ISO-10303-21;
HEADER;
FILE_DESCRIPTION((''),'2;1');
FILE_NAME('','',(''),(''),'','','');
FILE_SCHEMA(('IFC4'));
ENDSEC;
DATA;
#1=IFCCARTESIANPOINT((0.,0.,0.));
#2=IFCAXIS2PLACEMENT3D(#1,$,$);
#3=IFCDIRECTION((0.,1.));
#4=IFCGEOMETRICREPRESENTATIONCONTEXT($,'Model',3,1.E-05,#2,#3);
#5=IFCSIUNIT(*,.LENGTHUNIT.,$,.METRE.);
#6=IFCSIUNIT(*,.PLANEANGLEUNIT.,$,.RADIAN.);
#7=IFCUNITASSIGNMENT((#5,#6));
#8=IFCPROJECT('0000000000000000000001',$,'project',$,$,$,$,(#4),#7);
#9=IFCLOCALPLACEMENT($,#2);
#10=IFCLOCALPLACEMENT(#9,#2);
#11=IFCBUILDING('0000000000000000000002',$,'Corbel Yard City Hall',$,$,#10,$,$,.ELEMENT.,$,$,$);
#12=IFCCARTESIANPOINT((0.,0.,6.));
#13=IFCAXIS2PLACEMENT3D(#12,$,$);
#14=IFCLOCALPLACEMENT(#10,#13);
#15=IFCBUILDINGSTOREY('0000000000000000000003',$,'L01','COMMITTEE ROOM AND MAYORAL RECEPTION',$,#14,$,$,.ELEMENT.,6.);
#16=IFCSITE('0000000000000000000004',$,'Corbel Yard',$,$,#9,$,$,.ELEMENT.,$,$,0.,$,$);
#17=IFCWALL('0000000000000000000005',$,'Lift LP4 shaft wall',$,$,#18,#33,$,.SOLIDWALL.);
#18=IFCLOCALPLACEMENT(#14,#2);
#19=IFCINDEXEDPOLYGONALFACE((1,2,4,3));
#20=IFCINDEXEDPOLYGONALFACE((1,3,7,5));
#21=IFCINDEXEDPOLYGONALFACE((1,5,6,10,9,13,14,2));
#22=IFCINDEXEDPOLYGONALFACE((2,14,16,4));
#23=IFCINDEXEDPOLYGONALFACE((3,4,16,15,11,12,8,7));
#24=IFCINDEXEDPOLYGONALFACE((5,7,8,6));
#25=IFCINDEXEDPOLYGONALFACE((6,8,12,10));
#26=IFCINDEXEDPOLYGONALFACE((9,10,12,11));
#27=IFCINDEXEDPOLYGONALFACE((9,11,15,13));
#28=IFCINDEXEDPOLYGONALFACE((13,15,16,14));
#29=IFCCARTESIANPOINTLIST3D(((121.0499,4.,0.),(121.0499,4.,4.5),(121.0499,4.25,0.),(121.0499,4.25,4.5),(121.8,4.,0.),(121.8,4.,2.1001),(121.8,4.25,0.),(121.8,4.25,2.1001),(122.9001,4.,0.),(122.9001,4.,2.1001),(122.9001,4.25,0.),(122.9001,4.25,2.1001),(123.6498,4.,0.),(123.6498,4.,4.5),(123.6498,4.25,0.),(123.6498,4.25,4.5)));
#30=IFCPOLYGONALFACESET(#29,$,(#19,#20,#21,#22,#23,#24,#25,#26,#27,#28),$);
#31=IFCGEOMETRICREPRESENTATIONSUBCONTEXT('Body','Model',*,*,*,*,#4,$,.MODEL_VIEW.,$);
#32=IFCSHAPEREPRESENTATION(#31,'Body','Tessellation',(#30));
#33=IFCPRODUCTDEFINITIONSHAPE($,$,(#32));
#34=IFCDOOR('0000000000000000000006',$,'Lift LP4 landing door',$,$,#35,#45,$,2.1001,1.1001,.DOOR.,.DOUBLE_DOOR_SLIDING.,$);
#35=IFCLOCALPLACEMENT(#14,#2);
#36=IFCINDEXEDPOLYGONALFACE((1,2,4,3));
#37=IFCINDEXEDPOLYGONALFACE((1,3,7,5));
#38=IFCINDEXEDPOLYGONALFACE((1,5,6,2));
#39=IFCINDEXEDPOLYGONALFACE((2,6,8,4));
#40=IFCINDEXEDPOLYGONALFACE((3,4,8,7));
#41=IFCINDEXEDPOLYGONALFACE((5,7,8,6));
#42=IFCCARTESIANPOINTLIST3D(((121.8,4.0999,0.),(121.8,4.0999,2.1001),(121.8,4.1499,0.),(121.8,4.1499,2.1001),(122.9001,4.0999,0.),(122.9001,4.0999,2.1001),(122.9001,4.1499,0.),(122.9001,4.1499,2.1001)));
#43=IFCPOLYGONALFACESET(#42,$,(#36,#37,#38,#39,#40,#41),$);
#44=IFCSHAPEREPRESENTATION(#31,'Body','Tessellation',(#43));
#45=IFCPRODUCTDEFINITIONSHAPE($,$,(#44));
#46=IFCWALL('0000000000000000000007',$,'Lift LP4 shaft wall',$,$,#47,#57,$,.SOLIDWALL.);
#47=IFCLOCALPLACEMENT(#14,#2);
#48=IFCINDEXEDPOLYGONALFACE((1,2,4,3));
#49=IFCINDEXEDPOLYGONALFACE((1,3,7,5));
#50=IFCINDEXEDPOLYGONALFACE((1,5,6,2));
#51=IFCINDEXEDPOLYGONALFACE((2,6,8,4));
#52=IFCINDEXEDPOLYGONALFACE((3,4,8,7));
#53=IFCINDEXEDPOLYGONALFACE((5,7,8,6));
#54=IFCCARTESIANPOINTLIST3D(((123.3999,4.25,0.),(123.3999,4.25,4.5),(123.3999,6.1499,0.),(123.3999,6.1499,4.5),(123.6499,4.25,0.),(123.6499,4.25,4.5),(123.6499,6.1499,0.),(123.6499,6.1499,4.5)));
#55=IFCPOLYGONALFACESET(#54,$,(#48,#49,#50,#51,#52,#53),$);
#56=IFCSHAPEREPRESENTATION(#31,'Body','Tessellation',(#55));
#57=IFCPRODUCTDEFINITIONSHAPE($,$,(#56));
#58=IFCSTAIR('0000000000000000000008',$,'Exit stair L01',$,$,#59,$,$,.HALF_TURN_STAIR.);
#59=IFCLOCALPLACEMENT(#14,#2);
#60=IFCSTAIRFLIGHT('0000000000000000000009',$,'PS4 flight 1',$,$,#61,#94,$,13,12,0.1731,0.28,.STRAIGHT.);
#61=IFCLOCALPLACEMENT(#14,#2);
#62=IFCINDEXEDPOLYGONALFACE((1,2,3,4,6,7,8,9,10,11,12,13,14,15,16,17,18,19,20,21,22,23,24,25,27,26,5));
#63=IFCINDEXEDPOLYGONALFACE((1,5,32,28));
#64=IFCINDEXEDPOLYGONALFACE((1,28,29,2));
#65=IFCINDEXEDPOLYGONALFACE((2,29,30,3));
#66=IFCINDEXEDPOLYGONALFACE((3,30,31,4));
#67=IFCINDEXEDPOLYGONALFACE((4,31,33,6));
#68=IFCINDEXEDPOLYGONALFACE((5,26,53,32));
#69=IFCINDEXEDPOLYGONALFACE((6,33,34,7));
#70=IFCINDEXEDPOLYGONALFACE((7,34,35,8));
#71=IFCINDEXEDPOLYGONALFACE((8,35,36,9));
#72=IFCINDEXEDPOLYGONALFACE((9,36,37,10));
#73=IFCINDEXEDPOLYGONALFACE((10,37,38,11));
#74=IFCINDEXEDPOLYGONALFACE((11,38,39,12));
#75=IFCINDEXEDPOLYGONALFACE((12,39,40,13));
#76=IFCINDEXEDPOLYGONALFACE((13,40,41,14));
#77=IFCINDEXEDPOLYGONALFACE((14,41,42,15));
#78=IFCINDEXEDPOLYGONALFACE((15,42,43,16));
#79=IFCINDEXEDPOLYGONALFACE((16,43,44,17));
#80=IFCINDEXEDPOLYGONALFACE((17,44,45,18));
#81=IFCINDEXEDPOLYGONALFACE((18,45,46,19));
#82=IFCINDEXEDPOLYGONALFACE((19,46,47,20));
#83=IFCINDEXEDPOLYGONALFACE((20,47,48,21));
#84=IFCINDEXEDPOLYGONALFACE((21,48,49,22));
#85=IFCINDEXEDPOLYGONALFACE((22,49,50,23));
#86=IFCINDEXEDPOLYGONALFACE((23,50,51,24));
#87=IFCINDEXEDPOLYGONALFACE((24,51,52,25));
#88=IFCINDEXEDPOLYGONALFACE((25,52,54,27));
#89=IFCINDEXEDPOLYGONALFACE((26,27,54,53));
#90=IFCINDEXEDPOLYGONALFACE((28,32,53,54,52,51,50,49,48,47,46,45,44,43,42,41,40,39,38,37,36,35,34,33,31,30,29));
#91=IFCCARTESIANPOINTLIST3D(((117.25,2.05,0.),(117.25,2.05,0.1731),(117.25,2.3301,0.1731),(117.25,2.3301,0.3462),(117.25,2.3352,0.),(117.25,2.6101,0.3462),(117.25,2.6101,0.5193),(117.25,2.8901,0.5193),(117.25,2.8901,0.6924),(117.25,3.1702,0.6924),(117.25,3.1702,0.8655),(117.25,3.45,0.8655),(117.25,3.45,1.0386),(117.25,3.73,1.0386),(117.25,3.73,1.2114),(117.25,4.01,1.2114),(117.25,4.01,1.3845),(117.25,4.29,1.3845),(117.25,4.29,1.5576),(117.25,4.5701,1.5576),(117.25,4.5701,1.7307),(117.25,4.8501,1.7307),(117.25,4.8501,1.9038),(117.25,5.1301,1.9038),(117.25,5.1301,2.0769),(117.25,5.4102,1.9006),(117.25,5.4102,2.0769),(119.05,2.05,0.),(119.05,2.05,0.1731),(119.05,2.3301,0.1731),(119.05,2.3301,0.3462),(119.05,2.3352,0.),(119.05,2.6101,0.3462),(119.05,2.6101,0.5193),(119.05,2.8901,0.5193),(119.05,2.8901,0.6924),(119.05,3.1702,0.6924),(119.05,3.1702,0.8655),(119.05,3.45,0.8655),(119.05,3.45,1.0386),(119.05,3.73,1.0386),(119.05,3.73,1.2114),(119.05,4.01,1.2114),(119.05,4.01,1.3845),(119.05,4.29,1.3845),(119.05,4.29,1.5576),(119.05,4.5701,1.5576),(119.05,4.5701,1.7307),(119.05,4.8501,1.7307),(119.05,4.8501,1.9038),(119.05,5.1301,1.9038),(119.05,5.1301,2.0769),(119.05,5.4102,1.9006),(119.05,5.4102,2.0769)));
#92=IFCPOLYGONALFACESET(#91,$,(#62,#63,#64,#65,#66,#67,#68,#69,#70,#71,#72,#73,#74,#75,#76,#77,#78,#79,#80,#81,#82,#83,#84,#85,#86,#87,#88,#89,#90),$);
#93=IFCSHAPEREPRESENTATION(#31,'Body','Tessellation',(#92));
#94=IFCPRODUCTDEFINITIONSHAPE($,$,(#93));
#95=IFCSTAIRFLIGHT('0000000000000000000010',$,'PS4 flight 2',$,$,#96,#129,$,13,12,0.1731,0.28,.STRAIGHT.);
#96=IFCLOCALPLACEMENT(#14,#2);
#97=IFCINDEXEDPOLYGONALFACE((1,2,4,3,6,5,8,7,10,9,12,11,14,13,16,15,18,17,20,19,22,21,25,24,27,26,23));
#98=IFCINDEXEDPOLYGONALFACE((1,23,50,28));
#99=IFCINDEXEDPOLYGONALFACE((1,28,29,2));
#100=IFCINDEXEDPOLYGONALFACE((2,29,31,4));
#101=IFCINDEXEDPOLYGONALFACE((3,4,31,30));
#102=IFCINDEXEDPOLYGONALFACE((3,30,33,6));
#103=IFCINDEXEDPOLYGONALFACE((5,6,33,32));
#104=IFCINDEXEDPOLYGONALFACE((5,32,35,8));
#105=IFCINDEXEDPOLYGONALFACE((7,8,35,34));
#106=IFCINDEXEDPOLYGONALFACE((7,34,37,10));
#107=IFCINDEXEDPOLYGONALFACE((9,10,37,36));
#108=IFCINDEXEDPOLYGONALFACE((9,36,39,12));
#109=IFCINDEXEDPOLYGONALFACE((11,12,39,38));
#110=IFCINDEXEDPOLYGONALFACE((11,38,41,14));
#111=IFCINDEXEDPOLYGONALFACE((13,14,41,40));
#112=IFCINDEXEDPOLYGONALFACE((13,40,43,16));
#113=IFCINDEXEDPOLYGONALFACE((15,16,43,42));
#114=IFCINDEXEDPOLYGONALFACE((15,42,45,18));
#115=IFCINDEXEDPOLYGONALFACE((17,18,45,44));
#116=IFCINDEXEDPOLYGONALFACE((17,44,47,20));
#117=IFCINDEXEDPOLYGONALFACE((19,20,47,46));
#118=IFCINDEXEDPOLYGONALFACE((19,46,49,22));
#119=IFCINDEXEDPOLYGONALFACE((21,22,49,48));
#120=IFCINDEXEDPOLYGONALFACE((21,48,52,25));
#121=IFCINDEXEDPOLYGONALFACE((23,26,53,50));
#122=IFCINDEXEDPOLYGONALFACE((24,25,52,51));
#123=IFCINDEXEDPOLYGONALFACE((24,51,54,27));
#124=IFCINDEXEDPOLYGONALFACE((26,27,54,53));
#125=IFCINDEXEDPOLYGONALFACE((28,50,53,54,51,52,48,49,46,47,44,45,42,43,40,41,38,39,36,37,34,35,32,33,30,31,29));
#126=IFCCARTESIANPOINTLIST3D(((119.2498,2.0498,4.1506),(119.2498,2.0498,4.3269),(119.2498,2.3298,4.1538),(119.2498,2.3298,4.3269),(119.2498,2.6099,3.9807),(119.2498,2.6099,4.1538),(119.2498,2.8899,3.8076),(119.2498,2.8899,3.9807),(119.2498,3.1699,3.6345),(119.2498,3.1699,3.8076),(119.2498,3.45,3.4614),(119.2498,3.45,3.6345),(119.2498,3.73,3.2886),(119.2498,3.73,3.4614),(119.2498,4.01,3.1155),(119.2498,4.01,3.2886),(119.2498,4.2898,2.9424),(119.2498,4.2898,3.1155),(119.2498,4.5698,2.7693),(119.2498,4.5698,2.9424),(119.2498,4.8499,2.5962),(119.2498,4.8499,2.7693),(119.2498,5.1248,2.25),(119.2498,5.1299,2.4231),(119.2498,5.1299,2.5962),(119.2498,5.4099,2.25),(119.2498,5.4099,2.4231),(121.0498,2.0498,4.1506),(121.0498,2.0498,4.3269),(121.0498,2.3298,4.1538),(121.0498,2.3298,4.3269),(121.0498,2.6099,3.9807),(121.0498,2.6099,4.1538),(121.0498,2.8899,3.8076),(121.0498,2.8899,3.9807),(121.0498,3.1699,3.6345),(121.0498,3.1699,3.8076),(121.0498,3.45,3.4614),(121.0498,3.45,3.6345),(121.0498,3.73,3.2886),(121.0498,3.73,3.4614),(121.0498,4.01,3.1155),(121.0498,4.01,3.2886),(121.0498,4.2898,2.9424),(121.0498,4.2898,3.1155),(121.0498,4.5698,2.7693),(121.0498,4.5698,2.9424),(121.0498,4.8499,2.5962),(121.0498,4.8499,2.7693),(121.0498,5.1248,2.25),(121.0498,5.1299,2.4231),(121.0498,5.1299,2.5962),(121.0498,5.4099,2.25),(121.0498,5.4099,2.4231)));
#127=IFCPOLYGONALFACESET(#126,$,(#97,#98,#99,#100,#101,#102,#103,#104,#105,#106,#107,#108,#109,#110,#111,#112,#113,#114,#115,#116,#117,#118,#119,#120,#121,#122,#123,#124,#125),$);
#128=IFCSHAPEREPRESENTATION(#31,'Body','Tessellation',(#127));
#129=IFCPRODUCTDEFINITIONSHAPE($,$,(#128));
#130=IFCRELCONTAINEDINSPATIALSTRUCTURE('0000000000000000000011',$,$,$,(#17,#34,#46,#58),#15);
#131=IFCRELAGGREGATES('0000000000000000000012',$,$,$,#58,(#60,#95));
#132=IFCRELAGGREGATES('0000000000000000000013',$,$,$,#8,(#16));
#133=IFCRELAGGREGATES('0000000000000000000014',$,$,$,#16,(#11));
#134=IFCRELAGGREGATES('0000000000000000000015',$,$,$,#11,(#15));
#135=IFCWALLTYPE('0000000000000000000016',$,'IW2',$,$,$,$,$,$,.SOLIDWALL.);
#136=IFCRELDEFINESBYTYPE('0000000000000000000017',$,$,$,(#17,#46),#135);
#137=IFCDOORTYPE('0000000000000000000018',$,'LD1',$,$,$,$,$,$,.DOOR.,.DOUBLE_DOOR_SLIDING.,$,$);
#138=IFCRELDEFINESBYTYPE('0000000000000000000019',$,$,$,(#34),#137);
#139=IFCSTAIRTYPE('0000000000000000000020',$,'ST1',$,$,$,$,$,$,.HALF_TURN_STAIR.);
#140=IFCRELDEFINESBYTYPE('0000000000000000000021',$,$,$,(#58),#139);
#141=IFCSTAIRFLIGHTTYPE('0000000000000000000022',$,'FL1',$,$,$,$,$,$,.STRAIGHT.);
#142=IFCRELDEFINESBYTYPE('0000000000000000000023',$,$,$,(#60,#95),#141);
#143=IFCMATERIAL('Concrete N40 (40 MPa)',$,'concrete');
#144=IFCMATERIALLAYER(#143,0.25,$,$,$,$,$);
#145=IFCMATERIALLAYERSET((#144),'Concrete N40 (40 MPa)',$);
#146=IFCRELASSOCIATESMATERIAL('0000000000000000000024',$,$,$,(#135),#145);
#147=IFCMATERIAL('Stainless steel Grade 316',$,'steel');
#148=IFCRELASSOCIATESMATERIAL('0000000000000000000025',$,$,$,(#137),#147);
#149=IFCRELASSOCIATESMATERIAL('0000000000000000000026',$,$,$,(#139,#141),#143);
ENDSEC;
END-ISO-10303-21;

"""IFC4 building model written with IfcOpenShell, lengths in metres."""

from ifc_helpers import new_model, si_unit, direction, frame, frame_2d, origin, place, context, subcontext, project, spatial, polyline, rectangle, outline, extrude, material, layer, layer_set, type_object, element, fill, aggregate, save


model = new_model("IFC4")

# Units and contexts
model_context = context("Model", 3, precision=1e-05, world=origin(), true_north=direction((0.0, 1.0)))
body_context = subcontext(model_context, "Body", "Model", "MODEL_VIEW")
ifc_project = project(units=[si_unit("LENGTHUNIT", "METRE"), si_unit("PLANEANGLEUNIT", "RADIAN")], contexts=[model_context])

# Site, building, storey
site_placement = place(None, origin())
site = spatial("IfcSite", under=ifc_project, at=site_placement, Name="Corbel Yard", CompositionType="ELEMENT", RefElevation=0.0)
building_placement = place(site_placement, origin())
building = spatial("IfcBuilding", under=site, at=building_placement, Name="Corbel Yard City Hall", CompositionType="ELEMENT")
storey_placement = place(building_placement, frame((0.0, 0.0, 6.0)))
storey = spatial("IfcBuildingStorey", under=building, at=storey_placement, Name="L01", Description="COMMITTEE ROOM AND MAYORAL RECEPTION", CompositionType="ELEMENT", Elevation=6.0)

# Wall, opening, door
ifc_material_1 = material(Name="Concrete N40 (40 MPa)", Category="concrete")
ifc_layer_1 = layer(ifc_material_1, 0.25)
ifc_layer_set_1 = layer_set([ifc_layer_1], Name="Concrete N40 (40 MPa)")
wall_type_1 = type_object("IfcWallType", Name="IW2", PredefinedType="SOLIDWALL", material=ifc_layer_set_1)
wall_1_placement = place(storey_placement, frame((121.05, 4.125, 0.0), z_axis=(0.0, 0.0, 1.0), x_axis=(1.0, 0.0, 0.0)))
wall_1 = element("IfcWall", 1, at=wall_1_placement, inside=storey, type_object=wall_type_1, Name="Lift LP4 shaft wall", PredefinedType="SOLIDWALL", context=body_context, shape_type="SweptSolid", body=[
    extrude(rectangle(XDim=2.5999, YDim=0.25, at=frame_2d((1.2998, 0.0))), origin(), (0.0, 0.0, 1.0), 4.5),
])
opening_1_placement = place(wall_1_placement, frame((0.75, 0.0, 0.0)))
opening_1 = element("IfcOpeningElement", 2, at=opening_1_placement, cuts=wall_1, PredefinedType="OPENING", context=body_context, shape_type="SweptSolid", body=[
    extrude(rectangle(XDim=1.1001, YDim=2.1001, at=frame_2d((0.55, 1.05))), frame((0.0, 0.135, 0.0), z_axis=(0.0, -1.0, 0.0), x_axis=(1.0, 0.0, 0.0)), (0.0, 0.0, 1.0), 0.27),
])
ifc_material_2 = material(Name="Stainless steel Grade 316", Category="steel")
door_type_1 = type_object("IfcDoorType", Name="LD1", OperationType="DOUBLE_DOOR_SLIDING", PredefinedType="DOOR", material=ifc_material_2)
door_1_placement = place(opening_1_placement, origin())
door_1 = element("IfcDoor", 3, at=door_1_placement, inside=storey, type_object=door_type_1, Name="Lift LP4 landing door", OperationType="DOUBLE_DOOR_SLIDING", OverallHeight=2.1001, OverallWidth=1.1001, PredefinedType="DOOR", context=body_context, shape_type="SweptSolid", body=[
    extrude(rectangle(XDim=1.1001, YDim=2.1001, at=frame_2d((0.55, 1.05))), frame((0.0, 0.0249, 0.0), z_axis=(0.0, -1.0, 0.0), x_axis=(1.0, 0.0, 0.0)), (0.0, 0.0, 1.0), 0.05),
])
fill(opening_1, door_1)

# Wall
wall_2_placement = place(storey_placement, frame((123.5249, 4.25, 0.0), z_axis=(0.0, 0.0, 1.0), x_axis=(0.0, 1.0, 0.0)))
element("IfcWall", 4, at=wall_2_placement, inside=storey, type_object=wall_type_1, Name="Lift LP4 shaft wall", PredefinedType="SOLIDWALL", context=body_context, shape_type="SweptSolid", body=[
    extrude(rectangle(XDim=1.8999, YDim=0.25, at=frame_2d((0.95, 0.0))), origin(), (0.0, 0.0, 1.0), 4.5),
])

# Stair, stair flights
stair_type = type_object("IfcStairType", Name="ST1", PredefinedType="HALF_TURN_STAIR", material=ifc_material_1)
stair_placement = place(storey_placement, origin())
stair = element("IfcStair", 5, at=stair_placement, inside=storey, type_object=stair_type, Name="Exit stair L01", PredefinedType="HALF_TURN_STAIR")
stair_flight_type = type_object("IfcStairFlightType", Name="FL1", PredefinedType="STRAIGHT", material=ifc_material_1)
stair_flight_1_placement = place(storey_placement, frame((118.1499, 2.05, 0.0), z_axis=(0.0, 0.0, 1.0), x_axis=(0.0, 1.0, 0.0)))
stair_flight_1 = element("IfcStairFlight", 6, at=stair_flight_1_placement, type_object=stair_flight_type, Name="PS4 flight 1", NumberOfRisers=13, NumberOfTreads=12, PredefinedType="STRAIGHT", RiserHeight=0.1731, TreadLength=0.28, context=body_context, shape_type="SweptSolid", body=[
    extrude(outline(polyline([(0.0, 0.0), (0.0, 0.1731), (0.28, 0.1731), (0.28, 0.3462), (0.5601, 0.3462), (0.5601, 0.5193), (0.8401, 0.5193), (0.8401, 0.6924), (1.1201, 0.6924), (1.1201, 0.8655), (1.3999, 0.8655), (1.3999, 1.0386), (1.6799, 1.0386), (1.6799, 1.2114), (1.96, 1.2114), (1.96, 1.3845), (2.24, 1.3845), (2.24, 1.5576), (2.52, 1.5576), (2.52, 1.7307), (2.8, 1.7307), (2.8, 1.9038), (3.0801, 1.9038), (3.0801, 2.0769), (3.3601, 2.0769), (3.3601, 2.25), (3.3601, 1.9006), (0.2852, 0.0), (0.0, 0.0)])), frame((0.0, 0.8999, 0.0), z_axis=(0.0, -1.0, 0.0), x_axis=(1.0, 0.0, 0.0)), (0.0, 0.0, 1.0), 1.8),
])
stair_flight_2_placement = place(storey_placement, frame((120.1499, 5.4099, 2.25), z_axis=(0.0, 0.0, 1.0), x_axis=(0.0, -1.0, 0.0)))
stair_flight_2 = element("IfcStairFlight", 7, at=stair_flight_2_placement, type_object=stair_flight_type, Name="PS4 flight 2", NumberOfRisers=13, NumberOfTreads=12, PredefinedType="STRAIGHT", RiserHeight=0.1731, TreadLength=0.28, context=body_context, shape_type="SweptSolid", body=[
    extrude(outline(polyline([(0.0, 0.0), (0.0, 0.1731), (0.28, 0.1731), (0.28, 0.3462), (0.5601, 0.3462), (0.5601, 0.5193), (0.8401, 0.5193), (0.8401, 0.6924), (1.1201, 0.6924), (1.1201, 0.8655), (1.3999, 0.8655), (1.3999, 1.0386), (1.6799, 1.0386), (1.6799, 1.2114), (1.96, 1.2114), (1.96, 1.3845), (2.24, 1.3845), (2.24, 1.5576), (2.52, 1.5576), (2.52, 1.7307), (2.8, 1.7307), (2.8, 1.9038), (3.0801, 1.9038), (3.0801, 2.0769), (3.3601, 2.0769), (3.3601, 2.25), (3.3601, 1.9006), (0.2852, 0.0), (0.0, 0.0)])), frame((0.0, 0.8999, 0.0), z_axis=(0.0, -1.0, 0.0), x_axis=(1.0, 0.0, 0.0)), (0.0, 0.0, 1.0), 1.8),
])
aggregate(stair, [stair_flight_1, stair_flight_2])

save(model, "model.ifc")
